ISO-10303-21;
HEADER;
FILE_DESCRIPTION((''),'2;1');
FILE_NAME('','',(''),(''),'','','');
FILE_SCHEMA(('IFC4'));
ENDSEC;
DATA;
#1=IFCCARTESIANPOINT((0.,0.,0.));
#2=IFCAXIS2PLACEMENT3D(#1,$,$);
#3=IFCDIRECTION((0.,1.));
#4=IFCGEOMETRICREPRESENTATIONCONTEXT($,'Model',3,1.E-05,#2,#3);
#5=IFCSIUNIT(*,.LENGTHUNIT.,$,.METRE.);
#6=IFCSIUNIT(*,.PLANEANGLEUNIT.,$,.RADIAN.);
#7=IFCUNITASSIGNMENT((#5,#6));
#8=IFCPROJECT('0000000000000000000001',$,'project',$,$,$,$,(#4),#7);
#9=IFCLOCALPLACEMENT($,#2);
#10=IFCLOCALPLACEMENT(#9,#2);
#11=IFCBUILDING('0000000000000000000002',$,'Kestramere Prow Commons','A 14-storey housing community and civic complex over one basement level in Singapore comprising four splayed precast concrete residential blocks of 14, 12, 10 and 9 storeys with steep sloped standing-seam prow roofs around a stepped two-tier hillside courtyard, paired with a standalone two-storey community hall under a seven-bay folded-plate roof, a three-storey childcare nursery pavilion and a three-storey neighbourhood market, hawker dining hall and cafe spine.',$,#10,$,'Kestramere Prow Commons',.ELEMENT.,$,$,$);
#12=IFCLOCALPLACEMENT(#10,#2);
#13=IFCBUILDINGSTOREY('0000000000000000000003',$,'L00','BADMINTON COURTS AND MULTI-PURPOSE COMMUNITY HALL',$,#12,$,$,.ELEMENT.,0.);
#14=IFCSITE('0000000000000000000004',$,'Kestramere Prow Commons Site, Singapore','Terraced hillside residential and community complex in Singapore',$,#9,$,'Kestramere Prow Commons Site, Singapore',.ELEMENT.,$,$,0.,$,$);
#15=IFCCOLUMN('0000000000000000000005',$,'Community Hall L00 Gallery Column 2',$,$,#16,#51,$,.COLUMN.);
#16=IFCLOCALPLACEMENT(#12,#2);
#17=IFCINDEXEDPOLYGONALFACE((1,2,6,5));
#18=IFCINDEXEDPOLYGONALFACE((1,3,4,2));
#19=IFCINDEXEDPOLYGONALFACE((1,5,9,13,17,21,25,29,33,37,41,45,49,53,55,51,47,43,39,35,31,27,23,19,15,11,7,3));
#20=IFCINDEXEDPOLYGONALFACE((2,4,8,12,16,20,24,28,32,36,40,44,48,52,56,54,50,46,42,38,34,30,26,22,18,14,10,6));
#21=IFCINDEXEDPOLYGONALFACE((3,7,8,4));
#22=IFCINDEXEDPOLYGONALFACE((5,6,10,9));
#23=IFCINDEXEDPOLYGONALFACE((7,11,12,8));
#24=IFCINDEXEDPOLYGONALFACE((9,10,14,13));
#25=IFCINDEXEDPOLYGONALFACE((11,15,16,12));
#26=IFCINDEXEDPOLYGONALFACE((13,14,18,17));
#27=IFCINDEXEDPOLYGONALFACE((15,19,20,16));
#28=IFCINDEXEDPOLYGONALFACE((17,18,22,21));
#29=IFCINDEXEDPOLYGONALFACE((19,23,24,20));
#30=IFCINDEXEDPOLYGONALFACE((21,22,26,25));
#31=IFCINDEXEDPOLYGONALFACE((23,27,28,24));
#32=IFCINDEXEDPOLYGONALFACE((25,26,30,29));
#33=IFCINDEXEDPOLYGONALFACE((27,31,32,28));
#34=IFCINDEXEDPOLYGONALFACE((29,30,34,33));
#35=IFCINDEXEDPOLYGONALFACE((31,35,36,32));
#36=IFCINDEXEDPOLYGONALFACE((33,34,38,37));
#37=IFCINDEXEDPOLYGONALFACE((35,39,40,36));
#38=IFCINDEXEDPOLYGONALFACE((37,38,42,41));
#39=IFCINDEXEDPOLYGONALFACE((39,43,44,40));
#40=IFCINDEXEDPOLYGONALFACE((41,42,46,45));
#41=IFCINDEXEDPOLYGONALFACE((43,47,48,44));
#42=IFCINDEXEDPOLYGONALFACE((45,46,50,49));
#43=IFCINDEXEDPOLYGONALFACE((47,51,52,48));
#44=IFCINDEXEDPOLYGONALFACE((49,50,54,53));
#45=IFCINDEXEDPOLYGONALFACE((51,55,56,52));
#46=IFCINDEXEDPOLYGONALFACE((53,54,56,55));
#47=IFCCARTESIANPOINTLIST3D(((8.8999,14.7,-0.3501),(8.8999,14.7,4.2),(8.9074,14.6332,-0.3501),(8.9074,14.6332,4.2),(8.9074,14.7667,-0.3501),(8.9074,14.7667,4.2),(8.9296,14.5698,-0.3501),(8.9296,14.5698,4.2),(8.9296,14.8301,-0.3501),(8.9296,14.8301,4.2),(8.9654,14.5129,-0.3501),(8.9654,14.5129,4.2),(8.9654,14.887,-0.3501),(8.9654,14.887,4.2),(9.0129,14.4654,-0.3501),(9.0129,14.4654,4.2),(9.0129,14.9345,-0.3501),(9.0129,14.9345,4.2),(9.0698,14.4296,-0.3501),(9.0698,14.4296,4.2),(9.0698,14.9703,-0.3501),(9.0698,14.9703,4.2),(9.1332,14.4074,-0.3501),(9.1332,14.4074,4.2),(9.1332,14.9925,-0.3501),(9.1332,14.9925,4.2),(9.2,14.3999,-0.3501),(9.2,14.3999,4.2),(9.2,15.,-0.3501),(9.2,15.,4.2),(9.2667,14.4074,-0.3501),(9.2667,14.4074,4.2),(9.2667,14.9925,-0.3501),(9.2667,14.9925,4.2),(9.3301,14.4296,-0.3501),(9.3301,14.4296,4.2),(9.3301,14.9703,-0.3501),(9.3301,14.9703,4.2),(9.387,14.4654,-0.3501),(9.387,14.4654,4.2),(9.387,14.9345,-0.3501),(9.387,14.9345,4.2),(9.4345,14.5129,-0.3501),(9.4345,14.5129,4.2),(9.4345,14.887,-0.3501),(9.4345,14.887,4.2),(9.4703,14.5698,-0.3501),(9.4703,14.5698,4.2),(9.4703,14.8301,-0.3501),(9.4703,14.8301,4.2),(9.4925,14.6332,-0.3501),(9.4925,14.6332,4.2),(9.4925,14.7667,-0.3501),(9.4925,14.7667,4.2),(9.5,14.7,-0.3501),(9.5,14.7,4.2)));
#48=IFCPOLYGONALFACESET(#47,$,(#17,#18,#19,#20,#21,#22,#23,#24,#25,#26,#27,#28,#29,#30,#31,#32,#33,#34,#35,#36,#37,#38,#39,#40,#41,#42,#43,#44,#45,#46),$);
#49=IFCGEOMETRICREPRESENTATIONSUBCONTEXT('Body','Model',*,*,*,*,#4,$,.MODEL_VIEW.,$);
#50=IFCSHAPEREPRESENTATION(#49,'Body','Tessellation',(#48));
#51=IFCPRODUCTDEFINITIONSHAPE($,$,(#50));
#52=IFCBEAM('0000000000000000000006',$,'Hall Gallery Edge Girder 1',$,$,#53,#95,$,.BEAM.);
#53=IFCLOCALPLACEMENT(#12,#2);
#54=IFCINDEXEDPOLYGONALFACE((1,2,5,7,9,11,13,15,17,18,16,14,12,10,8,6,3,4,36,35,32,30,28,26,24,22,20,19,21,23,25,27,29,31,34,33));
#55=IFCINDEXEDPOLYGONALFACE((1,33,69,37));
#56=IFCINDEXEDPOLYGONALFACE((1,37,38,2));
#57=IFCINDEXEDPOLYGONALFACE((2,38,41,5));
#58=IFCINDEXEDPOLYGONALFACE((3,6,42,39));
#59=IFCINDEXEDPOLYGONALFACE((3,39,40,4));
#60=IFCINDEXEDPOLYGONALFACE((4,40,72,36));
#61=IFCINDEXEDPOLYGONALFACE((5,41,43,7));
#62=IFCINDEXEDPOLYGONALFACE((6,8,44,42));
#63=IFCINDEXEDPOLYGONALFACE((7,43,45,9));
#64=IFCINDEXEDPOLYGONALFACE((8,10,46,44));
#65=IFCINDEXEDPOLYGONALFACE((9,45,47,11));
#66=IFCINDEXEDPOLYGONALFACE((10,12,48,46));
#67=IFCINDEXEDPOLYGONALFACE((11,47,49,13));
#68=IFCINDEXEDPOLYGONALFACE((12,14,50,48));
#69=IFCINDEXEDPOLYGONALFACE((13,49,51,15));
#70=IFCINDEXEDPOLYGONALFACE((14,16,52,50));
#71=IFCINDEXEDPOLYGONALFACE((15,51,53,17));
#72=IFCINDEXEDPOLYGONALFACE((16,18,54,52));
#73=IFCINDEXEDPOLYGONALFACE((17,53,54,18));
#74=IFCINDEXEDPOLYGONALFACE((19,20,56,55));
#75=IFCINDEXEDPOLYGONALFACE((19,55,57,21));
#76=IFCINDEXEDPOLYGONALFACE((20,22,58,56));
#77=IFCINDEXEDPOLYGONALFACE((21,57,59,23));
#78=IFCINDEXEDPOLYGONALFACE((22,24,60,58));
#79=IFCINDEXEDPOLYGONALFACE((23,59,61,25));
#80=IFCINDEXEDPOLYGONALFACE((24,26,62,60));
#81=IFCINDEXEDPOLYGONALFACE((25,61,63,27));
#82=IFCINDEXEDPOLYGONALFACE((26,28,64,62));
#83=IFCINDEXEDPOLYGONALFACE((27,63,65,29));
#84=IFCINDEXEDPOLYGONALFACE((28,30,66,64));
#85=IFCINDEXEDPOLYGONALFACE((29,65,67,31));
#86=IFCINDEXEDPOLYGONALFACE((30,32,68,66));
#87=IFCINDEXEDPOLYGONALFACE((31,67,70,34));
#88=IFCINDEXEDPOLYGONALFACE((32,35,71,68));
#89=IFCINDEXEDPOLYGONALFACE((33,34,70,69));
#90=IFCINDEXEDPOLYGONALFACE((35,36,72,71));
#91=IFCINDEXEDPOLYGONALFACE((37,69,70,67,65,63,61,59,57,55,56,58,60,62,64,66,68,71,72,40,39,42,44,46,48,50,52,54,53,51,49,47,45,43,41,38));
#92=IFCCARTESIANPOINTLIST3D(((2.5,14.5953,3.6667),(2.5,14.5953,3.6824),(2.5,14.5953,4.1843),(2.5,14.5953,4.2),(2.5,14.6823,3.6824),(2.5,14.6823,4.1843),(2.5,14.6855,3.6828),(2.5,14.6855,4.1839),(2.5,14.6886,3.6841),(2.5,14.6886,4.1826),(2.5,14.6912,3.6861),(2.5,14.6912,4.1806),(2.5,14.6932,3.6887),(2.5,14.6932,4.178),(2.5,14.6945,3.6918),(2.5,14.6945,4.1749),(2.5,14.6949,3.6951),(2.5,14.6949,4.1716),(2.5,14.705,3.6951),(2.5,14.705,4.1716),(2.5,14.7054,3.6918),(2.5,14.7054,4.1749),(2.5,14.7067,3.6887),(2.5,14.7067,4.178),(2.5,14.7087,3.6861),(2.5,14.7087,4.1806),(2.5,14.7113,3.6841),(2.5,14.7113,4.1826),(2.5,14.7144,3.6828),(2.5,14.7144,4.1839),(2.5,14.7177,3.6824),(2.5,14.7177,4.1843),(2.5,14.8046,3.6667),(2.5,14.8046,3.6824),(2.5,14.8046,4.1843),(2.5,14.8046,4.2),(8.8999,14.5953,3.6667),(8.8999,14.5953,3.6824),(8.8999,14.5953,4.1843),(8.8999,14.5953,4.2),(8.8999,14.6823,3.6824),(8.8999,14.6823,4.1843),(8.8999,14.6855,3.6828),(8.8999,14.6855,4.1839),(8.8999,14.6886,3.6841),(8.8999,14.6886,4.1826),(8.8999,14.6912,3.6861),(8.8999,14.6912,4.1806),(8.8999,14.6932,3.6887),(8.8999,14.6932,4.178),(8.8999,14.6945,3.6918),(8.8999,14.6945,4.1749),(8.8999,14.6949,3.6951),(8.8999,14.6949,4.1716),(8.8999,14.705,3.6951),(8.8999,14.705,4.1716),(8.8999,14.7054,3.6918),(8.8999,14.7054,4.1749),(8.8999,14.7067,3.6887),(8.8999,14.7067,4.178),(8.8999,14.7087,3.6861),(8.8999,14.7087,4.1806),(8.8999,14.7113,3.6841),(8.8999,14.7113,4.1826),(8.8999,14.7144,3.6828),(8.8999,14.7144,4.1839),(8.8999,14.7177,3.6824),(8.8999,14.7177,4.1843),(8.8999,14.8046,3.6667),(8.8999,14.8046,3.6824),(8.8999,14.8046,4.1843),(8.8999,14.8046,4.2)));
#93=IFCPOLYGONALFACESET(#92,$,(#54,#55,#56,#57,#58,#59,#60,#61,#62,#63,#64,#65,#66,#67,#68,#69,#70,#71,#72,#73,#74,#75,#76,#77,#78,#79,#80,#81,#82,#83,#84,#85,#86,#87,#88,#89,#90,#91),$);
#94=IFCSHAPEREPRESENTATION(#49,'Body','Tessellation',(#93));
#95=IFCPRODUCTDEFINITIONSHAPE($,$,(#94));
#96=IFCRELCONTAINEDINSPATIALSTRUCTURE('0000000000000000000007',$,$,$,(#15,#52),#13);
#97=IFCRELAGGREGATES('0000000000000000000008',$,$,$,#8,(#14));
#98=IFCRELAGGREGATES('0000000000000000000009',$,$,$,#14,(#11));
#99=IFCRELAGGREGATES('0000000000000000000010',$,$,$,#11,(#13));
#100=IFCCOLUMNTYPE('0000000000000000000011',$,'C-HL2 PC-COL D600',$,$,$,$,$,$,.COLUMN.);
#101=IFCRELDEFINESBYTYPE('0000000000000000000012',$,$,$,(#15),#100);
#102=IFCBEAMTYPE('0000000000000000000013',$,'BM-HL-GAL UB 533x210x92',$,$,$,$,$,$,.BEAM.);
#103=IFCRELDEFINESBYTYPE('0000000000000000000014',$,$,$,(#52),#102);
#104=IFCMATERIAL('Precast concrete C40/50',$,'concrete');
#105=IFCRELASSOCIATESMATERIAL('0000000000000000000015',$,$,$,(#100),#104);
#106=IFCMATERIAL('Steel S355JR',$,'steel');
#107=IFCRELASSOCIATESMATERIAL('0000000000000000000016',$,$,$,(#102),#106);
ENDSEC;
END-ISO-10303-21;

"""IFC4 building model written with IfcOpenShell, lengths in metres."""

from ifc_helpers import new_model, si_unit, direction, frame, origin, origin_2d, place, context, subcontext, project, spatial, circle, i_section, extrude, material, material_profile, profile_set, type_object, element, save


model = new_model("IFC4")

# Units and contexts
model_context = context("Model", 3, precision=1e-05, world=origin(), true_north=direction((0.0, 1.0)))
body_context = subcontext(model_context, "Body", "Model", "MODEL_VIEW")
ifc_project = project(units=[si_unit("LENGTHUNIT", "METRE"), si_unit("PLANEANGLEUNIT", "RADIAN")], contexts=[model_context])

# Site, building, storey
site_placement = place(None, origin())
site = spatial("IfcSite", under=ifc_project, at=site_placement, Name="Kestramere Prow Commons Site, Singapore", Description="Terraced hillside residential and community complex in Singapore", LongName="Kestramere Prow Commons Site, Singapore", CompositionType="ELEMENT", RefElevation=0.0)
building_placement = place(site_placement, origin())
building = spatial("IfcBuilding", under=site, at=building_placement, Name="Kestramere Prow Commons", Description="A 14-storey housing community and civic complex over one basement level in Singapore comprising four splayed precast concrete residential blocks of 14, 12, 10 and 9 storeys with steep sloped standing-seam prow roofs around a stepped two-tier hillside courtyard, paired with a standalone two-storey community hall under a seven-bay folded-plate roof, a three-storey childcare nursery pavilion and a three-storey neighbourhood market, hawker dining hall and cafe spine.", LongName="Kestramere Prow Commons", CompositionType="ELEMENT")
storey_placement = place(building_placement, origin())
storey = spatial("IfcBuildingStorey", under=building, at=storey_placement, Name="L00", Description="BADMINTON COURTS AND MULTI-PURPOSE COMMUNITY HALL", CompositionType="ELEMENT", Elevation=0.0)

# Column
ifc_material_1 = material(Name="Precast concrete C40/50", Category="concrete")
ifc_material_profile_1 = material_profile(ifc_material_1, circle(Radius=0.3, at=origin_2d()), Name="PC-COL D600")
ifc_profile_set_1 = profile_set([ifc_material_profile_1], Name="Precast concrete C40/50")
column_type = type_object("IfcColumnType", Name="C-HL2 PC-COL D600", PredefinedType="COLUMN", material=ifc_profile_set_1)
for number, where, z_axis, x_axis, name in (
    (1, (9.2, 14.7, -0.3501), (0.0, 0.0, 1.0), (1.0, 0.0, 0.0), "Community Hall L00 Gallery Column 2"),
):
    element("IfcColumn", number, at=place(storey_placement, frame(where, z_axis=z_axis, x_axis=x_axis)), inside=storey, type_object=column_type, Name=name, PredefinedType="COLUMN", context=body_context, shape_type="SweptSolid", body=[
        extrude(circle(Radius=0.3, at=origin_2d()), origin(), (0.0, 0.0, 1.0), 4.55),
    ])

# Beam
ifc_material_2 = material(Name="Steel S355JR", Category="steel")
ifc_material_profile_2 = material_profile(ifc_material_2, i_section(OverallWidth=0.2092, OverallDepth=0.5332, WebThickness=0.01, FlangeThickness=0.0156, FilletRadius=0.0127, at=origin_2d()), Name="UB 533x210x92")
ifc_profile_set_2 = profile_set([ifc_material_profile_2], Name="Steel S355JR")
beam_type = type_object("IfcBeamType", Name="BM-HL-GAL UB 533x210x92", PredefinedType="BEAM", material=ifc_profile_set_2)
beam_placement = place(storey_placement, frame((2.5, 14.7, 3.9333), z_axis=(1.0, 0.0, 0.0), x_axis=(0.0, 1.0, 0.0)))
element("IfcBeam", 2, at=beam_placement, inside=storey, type_object=beam_type, Name="Hall Gallery Edge Girder 1", PredefinedType="BEAM", context=body_context, shape_type="SweptSolid", body=[
    extrude(i_section(OverallWidth=0.2092, OverallDepth=0.5332, WebThickness=0.01, FlangeThickness=0.0156, FilletRadius=0.0127, at=origin_2d()), origin(), (0.0, 0.0, 1.0), 6.3999),
])

save(model, "model.ifc")
